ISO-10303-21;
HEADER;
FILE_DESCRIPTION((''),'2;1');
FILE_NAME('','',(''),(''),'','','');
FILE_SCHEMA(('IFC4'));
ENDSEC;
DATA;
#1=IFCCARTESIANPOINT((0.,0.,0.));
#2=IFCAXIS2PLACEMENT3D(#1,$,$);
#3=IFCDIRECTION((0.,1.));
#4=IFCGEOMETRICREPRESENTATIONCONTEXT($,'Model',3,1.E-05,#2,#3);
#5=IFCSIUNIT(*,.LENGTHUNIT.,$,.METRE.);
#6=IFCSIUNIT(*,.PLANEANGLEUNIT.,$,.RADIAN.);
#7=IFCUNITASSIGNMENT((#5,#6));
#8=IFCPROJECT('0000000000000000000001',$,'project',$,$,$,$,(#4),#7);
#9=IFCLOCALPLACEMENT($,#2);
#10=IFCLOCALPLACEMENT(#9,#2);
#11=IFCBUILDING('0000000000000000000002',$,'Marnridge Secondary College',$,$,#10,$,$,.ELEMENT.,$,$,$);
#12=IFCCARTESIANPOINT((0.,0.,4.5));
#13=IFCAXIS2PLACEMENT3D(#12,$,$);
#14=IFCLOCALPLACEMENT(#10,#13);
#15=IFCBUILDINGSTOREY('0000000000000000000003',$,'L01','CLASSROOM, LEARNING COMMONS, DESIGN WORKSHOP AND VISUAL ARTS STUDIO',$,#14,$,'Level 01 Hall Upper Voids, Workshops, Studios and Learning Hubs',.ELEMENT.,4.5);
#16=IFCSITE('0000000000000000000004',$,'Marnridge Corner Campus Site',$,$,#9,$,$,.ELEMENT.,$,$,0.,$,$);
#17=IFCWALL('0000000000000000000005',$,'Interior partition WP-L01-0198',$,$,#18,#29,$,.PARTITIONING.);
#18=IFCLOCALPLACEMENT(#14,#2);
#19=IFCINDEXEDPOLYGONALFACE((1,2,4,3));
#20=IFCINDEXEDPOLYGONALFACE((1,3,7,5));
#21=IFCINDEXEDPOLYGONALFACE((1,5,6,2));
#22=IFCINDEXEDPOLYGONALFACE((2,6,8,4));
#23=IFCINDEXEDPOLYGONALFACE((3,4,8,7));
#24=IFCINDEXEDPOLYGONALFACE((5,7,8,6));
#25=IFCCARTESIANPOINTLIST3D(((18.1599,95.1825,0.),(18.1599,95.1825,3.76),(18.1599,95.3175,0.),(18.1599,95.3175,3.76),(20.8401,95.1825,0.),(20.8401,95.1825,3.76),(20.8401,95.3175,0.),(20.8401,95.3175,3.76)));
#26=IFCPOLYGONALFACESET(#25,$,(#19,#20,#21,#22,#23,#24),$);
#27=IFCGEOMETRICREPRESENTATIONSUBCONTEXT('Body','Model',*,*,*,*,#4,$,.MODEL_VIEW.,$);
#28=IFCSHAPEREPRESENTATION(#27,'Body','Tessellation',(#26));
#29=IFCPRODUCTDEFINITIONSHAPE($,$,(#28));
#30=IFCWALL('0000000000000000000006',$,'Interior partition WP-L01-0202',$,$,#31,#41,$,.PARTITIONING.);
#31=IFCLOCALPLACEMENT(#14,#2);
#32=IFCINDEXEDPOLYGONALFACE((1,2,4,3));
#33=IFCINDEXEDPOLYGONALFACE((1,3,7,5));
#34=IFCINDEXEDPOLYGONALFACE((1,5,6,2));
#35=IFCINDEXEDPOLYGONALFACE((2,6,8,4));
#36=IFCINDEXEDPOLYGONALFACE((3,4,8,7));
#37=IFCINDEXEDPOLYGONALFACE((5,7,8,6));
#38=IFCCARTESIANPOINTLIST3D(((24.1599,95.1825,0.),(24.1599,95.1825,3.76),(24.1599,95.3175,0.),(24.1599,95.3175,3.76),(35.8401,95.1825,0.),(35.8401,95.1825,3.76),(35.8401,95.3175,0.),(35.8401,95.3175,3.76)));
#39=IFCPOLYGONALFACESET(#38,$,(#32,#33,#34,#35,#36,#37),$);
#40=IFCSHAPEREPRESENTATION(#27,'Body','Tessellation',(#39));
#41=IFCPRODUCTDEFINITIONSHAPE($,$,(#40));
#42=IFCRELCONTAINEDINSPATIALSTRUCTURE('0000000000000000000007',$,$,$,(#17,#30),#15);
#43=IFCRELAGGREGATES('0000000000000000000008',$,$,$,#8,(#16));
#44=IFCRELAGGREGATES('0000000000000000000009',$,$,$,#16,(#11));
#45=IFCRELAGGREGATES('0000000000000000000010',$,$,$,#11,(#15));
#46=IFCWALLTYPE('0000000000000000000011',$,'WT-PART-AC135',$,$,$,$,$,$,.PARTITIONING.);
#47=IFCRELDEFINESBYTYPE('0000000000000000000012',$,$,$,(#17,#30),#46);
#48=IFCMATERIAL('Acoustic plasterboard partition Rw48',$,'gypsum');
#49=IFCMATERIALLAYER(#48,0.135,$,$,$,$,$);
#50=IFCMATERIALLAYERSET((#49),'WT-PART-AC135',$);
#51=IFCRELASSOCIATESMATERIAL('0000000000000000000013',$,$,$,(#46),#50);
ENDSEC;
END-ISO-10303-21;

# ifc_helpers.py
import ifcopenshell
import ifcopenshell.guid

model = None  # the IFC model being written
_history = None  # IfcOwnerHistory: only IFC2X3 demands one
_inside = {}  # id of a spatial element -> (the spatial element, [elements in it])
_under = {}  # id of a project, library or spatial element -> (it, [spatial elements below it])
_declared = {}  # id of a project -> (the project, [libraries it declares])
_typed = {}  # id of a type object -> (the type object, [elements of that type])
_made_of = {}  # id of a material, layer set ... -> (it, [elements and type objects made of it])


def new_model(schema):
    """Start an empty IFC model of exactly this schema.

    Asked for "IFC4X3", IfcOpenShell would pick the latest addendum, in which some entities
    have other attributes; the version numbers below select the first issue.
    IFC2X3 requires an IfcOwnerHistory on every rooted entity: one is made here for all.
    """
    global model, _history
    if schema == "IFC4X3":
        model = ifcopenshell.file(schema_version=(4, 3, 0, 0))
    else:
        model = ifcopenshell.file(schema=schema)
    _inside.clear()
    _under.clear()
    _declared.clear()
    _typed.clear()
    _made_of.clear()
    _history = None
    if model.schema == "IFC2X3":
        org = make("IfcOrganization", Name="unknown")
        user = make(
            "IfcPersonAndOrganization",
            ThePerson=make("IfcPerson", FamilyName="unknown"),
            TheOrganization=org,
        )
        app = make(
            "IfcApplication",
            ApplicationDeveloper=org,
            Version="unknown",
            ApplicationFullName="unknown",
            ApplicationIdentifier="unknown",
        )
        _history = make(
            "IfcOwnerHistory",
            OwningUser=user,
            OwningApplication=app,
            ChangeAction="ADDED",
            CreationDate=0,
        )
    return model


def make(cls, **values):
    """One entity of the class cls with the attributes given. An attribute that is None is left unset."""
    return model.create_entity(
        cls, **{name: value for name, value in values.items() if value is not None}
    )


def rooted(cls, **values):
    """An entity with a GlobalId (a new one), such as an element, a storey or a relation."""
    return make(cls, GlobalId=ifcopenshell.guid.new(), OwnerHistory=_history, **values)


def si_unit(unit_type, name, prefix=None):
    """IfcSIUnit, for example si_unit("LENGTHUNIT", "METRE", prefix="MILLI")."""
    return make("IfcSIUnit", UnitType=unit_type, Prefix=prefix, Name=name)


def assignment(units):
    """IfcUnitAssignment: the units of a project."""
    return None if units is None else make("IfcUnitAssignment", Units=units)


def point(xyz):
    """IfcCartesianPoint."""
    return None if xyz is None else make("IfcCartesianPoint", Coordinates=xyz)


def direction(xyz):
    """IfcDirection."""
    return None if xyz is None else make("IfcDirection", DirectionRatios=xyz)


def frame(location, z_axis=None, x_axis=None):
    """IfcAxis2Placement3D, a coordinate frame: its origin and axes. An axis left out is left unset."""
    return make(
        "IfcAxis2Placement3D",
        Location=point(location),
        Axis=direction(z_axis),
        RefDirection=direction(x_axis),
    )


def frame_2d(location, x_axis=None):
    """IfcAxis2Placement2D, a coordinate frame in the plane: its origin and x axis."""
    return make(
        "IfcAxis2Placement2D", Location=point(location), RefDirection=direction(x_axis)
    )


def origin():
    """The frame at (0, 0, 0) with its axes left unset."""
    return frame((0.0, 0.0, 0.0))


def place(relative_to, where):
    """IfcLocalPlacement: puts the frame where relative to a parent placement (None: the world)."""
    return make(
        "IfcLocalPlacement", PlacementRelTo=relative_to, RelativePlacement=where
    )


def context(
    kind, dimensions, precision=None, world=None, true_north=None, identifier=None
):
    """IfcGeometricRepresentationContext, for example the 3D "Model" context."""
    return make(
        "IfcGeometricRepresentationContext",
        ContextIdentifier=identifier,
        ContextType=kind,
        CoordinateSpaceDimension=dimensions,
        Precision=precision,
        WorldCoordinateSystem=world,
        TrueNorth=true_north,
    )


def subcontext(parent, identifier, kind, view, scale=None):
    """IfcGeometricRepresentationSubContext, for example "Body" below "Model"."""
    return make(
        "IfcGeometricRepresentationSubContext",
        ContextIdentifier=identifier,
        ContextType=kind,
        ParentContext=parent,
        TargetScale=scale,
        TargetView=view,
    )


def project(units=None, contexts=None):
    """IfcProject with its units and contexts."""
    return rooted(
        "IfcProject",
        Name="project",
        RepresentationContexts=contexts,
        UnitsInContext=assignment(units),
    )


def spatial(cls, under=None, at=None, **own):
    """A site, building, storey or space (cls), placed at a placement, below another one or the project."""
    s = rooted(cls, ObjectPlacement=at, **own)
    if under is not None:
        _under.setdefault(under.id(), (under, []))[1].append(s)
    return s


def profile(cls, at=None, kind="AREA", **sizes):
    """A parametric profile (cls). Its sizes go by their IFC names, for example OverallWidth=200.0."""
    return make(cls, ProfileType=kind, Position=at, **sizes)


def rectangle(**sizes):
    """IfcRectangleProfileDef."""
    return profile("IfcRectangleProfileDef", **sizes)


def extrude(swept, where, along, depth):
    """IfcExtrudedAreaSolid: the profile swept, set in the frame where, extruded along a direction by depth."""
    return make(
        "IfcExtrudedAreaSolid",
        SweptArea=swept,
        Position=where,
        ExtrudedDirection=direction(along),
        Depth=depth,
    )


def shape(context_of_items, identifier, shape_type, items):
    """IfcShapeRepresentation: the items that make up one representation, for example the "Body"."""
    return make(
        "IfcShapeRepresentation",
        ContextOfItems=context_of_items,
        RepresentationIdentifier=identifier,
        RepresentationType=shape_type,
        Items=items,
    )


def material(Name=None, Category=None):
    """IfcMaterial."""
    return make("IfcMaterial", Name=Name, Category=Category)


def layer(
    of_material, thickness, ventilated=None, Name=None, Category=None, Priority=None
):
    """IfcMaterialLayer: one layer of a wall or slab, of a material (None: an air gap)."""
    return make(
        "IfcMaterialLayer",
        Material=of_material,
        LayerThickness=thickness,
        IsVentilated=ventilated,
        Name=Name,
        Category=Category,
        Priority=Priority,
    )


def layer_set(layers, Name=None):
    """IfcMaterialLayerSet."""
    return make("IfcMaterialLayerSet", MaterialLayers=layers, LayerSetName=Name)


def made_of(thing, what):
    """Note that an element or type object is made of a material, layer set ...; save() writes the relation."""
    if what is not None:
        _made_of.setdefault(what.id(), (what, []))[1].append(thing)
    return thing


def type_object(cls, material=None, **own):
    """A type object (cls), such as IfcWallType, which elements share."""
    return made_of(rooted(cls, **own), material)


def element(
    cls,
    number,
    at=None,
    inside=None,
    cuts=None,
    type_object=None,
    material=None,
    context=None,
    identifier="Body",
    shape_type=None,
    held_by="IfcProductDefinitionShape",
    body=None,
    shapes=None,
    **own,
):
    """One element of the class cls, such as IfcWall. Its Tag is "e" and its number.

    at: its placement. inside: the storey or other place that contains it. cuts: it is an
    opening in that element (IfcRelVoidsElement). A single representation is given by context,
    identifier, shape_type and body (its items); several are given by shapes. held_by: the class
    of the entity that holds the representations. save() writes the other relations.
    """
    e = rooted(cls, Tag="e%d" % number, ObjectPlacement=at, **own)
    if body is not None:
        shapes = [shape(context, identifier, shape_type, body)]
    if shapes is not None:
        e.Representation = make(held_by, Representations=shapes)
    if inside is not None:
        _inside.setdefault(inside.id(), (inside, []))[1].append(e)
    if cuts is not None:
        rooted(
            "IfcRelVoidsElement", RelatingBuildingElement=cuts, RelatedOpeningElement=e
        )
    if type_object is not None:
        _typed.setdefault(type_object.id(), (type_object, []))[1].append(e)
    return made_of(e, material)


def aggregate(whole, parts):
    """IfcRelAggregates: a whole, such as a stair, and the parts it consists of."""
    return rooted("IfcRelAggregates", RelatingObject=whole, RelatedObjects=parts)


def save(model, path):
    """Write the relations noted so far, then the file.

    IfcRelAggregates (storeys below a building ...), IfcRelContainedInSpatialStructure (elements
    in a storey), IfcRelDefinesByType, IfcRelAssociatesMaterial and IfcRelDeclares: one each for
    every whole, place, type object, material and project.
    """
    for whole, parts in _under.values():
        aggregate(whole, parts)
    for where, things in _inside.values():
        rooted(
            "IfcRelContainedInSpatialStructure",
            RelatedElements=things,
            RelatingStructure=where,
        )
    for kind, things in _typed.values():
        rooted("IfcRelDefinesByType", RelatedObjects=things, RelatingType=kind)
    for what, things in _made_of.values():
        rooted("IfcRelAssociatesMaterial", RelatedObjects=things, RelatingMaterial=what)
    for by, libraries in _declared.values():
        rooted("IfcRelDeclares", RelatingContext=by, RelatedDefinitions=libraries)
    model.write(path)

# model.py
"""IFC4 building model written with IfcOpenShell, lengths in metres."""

from ifc_helpers import new_model, si_unit, direction, frame, frame_2d, origin, place, context, subcontext, project, spatial, rectangle, extrude, material, layer, layer_set, type_object, element, save


model = new_model("IFC4")

# Units and contexts
model_context = context("Model", 3, precision=1e-05, world=origin(), true_north=direction((0.0, 1.0)))
body_context = subcontext(model_context, "Body", "Model", "MODEL_VIEW")
ifc_project = project(units=[si_unit("LENGTHUNIT", "METRE"), si_unit("PLANEANGLEUNIT", "RADIAN")], contexts=[model_context])

# Site, building, storey
site_placement = place(None, origin())
site = spatial("IfcSite", under=ifc_project, at=site_placement, Name="Marnridge Corner Campus Site", CompositionType="ELEMENT", RefElevation=0.0)
building_placement = place(site_placement, origin())
building = spatial("IfcBuilding", under=site, at=building_placement, Name="Marnridge Secondary College", CompositionType="ELEMENT")
storey_placement = place(building_placement, frame((0.0, 0.0, 4.5)))
storey = spatial("IfcBuildingStorey", under=building, at=storey_placement, Name="L01", Description="CLASSROOM, LEARNING COMMONS, DESIGN WORKSHOP AND VISUAL ARTS STUDIO", LongName="Level 01 Hall Upper Voids, Workshops, Studios and Learning Hubs", CompositionType="ELEMENT", Elevation=4.5)

# Shared definitions
ifc_material_1 = material(Name="Acoustic plasterboard partition Rw48", Category="gypsum")
ifc_layer_1 = layer(ifc_material_1, 0.135)
ifc_layer_set_1 = layer_set([ifc_layer_1], Name="WT-PART-AC135")
wall_type_1 = type_object("IfcWallType", Name="WT-PART-AC135", PredefinedType="PARTITIONING", material=ifc_layer_set_1)

# Walls
wall_1_placement = place(storey_placement, frame((18.1599, 95.25, 0.0), z_axis=(0.0, 0.0, 1.0), x_axis=(1.0, 0.0, 0.0)))
element("IfcWall", 1, at=wall_1_placement, inside=storey, type_object=wall_type_1, Name="Interior partition WP-L01-0198", PredefinedType="PARTITIONING", context=body_context, shape_type="SweptSolid", body=[
    extrude(rectangle(XDim=2.6802, YDim=0.135, at=frame_2d((1.3401, 0.0))), origin(), (0.0, 0.0, 1.0), 3.76),
])
wall_2_placement = place(storey_placement, frame((24.1599, 95.25, 0.0), z_axis=(0.0, 0.0, 1.0), x_axis=(1.0, 0.0, 0.0)))
element("IfcWall", 2, at=wall_2_placement, inside=storey, type_object=wall_type_1, Name="Interior partition WP-L01-0202", PredefinedType="PARTITIONING", context=body_context, shape_type="SweptSolid", body=[
    extrude(rectangle(XDim=11.6802, YDim=0.135, at=frame_2d((5.8401, 0.0))), origin(), (0.0, 0.0, 1.0), 3.76),
])

save(model, "model.ifc")
